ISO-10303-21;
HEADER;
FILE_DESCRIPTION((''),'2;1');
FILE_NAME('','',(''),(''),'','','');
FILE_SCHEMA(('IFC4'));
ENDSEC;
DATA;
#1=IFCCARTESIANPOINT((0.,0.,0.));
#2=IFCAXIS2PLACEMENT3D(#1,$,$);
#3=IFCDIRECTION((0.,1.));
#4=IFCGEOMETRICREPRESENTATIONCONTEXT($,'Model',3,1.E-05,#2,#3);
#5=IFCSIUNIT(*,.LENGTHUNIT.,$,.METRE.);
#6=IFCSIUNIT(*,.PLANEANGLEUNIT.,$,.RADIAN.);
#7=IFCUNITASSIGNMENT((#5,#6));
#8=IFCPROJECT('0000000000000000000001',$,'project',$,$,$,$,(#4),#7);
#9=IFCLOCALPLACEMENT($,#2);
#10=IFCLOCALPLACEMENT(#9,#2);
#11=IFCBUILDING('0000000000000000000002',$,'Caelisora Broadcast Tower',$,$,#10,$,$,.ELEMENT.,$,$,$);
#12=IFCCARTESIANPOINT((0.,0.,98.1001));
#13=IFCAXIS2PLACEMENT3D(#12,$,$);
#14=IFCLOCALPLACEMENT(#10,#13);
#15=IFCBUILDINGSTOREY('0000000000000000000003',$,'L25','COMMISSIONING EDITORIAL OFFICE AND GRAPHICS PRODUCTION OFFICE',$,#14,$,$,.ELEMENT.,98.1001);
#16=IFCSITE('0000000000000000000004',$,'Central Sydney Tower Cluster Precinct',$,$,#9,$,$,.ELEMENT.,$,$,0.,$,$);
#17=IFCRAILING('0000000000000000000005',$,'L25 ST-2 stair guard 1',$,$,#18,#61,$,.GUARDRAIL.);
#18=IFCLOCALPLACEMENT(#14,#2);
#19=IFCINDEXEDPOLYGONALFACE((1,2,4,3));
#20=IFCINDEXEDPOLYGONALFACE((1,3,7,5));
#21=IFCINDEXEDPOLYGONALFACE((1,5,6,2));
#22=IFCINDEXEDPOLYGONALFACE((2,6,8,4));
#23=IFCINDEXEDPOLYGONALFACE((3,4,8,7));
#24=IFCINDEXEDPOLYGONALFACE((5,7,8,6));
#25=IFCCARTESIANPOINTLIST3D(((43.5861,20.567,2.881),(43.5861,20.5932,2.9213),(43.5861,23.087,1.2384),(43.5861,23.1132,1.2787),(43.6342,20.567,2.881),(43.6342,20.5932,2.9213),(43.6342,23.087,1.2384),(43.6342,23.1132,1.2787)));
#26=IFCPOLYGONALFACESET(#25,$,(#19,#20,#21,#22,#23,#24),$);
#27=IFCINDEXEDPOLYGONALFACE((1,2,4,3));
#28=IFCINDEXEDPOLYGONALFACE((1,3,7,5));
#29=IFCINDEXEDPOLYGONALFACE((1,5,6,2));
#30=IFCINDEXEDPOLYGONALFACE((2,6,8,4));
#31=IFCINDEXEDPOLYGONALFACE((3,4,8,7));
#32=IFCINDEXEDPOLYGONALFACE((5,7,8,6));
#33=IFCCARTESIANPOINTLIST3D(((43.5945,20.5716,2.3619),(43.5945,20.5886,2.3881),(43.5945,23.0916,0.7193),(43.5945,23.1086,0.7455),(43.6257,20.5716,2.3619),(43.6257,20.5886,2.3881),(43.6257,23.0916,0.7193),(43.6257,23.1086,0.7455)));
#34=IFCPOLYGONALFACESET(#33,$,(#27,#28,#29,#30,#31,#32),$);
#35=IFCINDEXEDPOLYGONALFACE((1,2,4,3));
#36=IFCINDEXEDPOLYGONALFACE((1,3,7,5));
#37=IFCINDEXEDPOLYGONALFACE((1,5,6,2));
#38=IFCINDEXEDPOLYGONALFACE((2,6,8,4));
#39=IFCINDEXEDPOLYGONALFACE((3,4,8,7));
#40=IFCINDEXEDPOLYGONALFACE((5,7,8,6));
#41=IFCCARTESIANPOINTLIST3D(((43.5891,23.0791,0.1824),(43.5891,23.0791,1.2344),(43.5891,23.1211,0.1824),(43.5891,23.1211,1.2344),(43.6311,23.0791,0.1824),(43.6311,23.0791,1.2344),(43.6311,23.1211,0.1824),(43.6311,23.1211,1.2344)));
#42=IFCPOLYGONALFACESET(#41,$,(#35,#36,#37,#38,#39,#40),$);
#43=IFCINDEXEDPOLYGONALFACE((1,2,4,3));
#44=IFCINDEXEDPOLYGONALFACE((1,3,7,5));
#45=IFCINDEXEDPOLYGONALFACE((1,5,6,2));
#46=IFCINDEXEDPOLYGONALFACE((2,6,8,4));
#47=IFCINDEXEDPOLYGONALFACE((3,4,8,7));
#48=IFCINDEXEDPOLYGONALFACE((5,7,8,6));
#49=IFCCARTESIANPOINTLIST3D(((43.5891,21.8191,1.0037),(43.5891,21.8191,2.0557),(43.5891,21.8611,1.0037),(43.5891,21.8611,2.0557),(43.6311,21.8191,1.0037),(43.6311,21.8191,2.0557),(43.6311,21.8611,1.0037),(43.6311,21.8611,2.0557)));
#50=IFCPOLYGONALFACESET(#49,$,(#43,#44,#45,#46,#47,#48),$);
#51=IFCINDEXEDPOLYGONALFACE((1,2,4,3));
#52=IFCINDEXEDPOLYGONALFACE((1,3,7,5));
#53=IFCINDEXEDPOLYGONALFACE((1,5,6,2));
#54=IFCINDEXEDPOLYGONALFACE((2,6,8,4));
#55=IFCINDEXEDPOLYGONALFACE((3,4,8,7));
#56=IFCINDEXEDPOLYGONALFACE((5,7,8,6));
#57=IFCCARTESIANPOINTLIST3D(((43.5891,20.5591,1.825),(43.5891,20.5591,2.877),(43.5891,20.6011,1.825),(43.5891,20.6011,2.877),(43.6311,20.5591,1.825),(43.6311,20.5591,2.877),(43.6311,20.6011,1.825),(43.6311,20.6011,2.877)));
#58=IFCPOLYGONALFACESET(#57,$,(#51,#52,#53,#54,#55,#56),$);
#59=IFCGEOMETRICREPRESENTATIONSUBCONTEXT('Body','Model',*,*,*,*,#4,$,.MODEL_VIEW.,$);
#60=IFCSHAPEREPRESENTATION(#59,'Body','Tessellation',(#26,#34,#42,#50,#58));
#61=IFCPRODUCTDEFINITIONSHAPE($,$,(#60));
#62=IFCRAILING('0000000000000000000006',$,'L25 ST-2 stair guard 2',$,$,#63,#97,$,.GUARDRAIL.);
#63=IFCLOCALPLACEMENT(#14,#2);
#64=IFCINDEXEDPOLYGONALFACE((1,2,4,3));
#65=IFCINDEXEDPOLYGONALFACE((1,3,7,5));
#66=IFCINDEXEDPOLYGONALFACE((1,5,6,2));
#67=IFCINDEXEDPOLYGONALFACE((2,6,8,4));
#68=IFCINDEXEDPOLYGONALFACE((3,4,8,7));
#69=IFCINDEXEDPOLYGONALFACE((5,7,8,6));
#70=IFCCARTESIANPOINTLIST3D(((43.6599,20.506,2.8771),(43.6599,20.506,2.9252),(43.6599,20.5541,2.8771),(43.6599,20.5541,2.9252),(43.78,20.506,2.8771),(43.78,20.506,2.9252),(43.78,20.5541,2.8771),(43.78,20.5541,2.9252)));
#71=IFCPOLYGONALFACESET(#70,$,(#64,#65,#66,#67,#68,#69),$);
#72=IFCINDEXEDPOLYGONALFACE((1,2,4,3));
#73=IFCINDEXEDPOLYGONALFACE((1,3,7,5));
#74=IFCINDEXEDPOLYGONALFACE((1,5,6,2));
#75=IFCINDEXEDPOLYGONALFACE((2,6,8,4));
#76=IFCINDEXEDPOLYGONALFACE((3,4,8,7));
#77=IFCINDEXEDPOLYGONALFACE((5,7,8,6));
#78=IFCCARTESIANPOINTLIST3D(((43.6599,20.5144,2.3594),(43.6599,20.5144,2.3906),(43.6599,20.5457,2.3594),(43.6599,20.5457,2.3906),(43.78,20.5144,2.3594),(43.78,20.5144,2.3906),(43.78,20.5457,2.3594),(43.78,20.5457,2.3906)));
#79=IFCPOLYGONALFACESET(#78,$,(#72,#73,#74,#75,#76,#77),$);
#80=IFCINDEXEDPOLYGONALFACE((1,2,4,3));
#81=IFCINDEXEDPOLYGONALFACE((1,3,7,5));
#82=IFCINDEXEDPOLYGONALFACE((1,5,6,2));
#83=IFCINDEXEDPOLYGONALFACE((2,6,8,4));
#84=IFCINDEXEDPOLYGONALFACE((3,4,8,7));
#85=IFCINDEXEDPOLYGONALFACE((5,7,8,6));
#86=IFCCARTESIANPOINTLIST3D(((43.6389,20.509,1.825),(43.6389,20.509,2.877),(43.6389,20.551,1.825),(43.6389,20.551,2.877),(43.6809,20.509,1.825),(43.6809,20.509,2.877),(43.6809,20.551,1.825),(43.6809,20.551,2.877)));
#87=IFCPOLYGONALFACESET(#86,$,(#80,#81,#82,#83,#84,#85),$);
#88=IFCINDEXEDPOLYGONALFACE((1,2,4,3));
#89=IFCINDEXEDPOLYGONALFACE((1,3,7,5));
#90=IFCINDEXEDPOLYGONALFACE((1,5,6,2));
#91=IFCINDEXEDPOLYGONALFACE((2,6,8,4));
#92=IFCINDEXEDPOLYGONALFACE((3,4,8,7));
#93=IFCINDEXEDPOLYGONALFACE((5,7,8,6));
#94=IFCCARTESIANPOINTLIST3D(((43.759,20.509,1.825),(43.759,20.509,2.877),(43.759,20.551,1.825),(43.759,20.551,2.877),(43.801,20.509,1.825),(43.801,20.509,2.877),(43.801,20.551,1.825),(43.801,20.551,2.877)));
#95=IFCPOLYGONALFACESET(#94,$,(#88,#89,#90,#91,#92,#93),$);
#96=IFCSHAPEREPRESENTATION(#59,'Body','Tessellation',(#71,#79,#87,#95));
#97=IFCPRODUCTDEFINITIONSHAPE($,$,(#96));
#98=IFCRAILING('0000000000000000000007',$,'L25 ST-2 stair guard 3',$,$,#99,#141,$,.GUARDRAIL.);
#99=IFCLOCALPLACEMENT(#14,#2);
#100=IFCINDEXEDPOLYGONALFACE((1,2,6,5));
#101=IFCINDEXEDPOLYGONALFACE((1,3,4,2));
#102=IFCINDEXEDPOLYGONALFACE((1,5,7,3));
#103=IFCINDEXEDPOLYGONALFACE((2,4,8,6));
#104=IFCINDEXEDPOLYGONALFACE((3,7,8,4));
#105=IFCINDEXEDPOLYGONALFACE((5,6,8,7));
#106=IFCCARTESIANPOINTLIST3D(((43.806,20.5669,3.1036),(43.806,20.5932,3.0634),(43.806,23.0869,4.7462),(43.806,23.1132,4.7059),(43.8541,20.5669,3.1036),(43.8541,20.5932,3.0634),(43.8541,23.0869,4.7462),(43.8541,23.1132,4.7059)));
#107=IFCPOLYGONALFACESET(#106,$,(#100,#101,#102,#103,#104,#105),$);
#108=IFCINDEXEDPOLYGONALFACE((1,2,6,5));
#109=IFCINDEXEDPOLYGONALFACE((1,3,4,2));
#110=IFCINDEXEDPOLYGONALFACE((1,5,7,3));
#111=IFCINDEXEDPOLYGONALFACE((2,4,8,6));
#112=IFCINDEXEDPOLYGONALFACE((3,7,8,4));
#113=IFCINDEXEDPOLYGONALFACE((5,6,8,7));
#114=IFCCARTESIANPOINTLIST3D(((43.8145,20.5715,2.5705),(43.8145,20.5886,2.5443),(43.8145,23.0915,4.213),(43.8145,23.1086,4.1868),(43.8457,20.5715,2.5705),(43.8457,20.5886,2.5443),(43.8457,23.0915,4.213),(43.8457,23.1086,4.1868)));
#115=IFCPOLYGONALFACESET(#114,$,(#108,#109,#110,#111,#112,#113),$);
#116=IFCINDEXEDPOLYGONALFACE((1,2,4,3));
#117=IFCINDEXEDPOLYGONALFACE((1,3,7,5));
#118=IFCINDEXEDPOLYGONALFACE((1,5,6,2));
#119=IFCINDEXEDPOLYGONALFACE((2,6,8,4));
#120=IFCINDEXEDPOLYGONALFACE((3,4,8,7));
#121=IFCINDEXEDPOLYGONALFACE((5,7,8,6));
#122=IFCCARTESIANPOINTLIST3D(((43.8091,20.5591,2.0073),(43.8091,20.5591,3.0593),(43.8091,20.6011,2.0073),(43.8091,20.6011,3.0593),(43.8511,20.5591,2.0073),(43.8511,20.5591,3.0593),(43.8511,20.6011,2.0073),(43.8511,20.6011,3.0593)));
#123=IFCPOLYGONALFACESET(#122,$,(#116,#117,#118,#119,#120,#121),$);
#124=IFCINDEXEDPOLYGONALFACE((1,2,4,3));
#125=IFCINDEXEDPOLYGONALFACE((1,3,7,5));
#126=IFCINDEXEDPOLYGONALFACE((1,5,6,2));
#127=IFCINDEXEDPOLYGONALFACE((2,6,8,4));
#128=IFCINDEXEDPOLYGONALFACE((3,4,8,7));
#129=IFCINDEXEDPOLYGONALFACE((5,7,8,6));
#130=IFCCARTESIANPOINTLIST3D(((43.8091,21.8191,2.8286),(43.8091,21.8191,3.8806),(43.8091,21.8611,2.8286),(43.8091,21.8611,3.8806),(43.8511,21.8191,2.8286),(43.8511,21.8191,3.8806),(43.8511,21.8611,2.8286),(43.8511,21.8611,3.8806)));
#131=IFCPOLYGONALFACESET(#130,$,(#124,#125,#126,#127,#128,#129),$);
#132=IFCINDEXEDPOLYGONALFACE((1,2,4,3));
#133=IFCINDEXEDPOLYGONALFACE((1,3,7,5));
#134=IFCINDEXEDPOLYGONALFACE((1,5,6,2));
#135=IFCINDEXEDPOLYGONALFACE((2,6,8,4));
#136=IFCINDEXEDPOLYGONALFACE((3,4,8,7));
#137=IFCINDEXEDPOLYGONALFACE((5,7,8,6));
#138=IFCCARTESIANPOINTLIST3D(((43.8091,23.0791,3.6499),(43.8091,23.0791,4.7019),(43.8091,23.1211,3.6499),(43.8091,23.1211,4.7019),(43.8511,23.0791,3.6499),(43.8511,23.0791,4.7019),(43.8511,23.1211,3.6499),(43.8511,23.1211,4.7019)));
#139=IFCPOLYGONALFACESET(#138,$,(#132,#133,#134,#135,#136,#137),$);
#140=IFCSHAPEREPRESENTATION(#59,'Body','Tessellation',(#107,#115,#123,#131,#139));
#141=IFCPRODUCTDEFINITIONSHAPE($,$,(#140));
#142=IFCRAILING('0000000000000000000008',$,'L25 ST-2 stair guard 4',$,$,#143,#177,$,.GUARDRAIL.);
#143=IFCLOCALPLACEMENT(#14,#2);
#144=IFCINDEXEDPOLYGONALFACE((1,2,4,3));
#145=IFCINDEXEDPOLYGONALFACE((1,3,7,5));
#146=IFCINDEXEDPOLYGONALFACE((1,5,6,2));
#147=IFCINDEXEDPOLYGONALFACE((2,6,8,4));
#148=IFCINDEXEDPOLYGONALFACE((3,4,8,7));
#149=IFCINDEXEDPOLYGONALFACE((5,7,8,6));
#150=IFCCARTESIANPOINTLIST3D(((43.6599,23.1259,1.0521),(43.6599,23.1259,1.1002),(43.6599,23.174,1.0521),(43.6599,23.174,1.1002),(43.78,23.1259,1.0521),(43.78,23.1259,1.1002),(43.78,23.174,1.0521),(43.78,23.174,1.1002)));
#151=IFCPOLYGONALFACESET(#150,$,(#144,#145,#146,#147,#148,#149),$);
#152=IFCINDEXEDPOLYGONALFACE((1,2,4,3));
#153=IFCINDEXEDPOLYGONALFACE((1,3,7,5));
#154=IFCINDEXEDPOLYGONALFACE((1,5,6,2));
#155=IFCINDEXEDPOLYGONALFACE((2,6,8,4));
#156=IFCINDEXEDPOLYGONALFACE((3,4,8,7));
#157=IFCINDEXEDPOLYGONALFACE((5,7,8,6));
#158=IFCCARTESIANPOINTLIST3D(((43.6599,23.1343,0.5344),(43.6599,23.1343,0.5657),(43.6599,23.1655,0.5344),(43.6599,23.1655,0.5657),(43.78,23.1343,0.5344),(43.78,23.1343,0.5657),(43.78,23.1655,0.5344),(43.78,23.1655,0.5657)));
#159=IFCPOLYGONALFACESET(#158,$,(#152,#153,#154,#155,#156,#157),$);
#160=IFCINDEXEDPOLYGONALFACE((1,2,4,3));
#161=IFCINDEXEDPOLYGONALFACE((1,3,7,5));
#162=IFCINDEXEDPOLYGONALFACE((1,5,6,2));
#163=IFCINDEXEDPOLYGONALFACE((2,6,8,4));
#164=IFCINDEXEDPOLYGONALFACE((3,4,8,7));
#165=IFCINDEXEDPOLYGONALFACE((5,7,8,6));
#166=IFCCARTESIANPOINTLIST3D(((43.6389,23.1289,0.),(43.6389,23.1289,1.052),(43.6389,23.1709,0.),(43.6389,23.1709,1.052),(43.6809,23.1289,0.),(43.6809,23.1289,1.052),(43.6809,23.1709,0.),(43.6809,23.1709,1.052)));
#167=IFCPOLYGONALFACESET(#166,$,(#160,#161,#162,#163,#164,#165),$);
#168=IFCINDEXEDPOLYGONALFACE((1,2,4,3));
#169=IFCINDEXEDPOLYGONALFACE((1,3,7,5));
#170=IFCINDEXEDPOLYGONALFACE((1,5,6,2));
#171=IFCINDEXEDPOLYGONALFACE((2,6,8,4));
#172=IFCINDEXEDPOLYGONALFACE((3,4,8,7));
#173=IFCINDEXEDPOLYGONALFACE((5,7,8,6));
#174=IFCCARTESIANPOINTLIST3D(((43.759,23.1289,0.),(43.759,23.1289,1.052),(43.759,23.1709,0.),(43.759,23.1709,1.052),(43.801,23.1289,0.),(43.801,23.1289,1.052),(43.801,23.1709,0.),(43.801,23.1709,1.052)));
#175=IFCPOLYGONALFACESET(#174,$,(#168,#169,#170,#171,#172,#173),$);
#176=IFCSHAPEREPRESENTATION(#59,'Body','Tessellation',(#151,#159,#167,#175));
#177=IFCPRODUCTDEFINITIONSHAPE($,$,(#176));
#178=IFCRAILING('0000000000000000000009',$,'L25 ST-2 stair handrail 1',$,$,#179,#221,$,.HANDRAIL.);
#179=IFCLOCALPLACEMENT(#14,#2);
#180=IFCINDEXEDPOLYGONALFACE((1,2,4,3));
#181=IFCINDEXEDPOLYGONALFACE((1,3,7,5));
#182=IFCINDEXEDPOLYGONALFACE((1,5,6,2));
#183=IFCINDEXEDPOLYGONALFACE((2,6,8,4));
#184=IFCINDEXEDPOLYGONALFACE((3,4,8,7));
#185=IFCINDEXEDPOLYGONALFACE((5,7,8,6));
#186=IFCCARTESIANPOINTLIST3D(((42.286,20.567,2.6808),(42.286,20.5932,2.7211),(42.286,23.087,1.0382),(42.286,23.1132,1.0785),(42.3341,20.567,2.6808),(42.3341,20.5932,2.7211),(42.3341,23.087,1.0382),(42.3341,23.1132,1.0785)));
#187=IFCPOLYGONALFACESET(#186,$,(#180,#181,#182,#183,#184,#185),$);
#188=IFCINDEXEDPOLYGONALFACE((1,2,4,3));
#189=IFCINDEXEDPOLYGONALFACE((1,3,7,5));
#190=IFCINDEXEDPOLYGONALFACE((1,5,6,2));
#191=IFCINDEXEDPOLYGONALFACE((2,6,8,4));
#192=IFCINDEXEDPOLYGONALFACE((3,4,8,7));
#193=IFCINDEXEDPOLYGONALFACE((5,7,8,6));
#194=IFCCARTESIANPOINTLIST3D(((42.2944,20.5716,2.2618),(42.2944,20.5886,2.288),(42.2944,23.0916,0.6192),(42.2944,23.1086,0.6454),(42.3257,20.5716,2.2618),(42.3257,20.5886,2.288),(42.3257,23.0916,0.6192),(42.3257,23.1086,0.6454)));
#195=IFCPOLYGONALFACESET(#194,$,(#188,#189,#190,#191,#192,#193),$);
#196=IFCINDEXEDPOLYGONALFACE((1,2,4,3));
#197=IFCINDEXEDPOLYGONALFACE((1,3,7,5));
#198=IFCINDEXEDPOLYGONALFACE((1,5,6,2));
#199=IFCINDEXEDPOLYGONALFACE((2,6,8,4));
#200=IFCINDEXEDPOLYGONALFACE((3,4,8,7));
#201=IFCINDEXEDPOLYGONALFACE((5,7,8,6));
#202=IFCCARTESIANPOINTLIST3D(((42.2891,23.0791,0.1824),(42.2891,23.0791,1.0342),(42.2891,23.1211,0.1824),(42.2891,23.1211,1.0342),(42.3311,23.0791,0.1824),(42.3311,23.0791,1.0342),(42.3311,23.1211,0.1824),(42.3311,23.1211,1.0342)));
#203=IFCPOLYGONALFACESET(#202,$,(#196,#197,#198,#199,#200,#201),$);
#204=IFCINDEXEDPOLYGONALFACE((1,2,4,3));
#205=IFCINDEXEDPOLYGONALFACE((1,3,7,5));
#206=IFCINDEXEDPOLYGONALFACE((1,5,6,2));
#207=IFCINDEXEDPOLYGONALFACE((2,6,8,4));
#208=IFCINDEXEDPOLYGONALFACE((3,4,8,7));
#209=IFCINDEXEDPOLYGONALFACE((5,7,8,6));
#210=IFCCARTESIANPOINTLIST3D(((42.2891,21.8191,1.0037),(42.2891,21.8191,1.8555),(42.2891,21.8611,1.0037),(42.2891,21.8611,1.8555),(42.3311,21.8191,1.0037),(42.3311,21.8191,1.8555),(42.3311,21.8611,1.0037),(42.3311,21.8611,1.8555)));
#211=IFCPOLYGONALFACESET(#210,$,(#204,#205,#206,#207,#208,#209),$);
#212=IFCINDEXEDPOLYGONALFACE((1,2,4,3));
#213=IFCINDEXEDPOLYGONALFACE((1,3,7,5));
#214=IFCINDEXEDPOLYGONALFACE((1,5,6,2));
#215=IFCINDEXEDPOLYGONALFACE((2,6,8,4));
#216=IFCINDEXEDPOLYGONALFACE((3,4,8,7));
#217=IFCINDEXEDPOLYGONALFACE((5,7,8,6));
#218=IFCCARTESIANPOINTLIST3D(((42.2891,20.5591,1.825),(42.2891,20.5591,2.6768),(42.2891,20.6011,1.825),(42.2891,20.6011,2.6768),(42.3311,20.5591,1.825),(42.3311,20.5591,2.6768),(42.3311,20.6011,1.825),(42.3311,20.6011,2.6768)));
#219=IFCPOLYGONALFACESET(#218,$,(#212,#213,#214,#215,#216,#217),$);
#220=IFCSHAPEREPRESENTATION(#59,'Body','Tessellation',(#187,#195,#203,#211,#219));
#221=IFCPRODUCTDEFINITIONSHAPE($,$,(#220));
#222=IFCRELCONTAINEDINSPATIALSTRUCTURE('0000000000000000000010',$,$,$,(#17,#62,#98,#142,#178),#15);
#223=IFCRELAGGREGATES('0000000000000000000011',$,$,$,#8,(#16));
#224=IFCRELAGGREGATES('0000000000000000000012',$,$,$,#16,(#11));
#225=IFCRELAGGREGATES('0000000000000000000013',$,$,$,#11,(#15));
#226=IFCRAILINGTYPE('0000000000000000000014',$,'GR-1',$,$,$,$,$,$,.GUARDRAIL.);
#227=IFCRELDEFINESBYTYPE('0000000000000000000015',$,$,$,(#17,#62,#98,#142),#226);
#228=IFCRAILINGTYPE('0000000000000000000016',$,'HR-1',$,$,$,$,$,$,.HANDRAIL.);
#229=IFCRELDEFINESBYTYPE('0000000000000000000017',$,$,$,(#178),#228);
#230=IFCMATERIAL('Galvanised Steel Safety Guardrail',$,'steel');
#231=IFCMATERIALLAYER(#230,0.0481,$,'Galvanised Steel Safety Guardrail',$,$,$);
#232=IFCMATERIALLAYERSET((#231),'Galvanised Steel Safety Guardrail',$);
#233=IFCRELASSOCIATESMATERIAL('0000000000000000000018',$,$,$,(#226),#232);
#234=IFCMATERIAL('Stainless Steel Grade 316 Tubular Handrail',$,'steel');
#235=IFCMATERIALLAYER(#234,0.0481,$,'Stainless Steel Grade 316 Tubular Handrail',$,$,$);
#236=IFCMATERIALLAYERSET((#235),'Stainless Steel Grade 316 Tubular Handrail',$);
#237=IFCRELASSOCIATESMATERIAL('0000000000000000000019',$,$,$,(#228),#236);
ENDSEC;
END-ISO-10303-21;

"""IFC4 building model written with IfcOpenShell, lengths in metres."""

from ifc_helpers import new_model, si_unit, direction, frame, origin, origin_2d, place, context, subcontext, project, spatial, rectangle, extrude, material, layer, layer_set, type_object, element, save


model = new_model("IFC4")

# Units and contexts
model_context = context("Model", 3, precision=1e-05, world=origin(), true_north=direction((0.0, 1.0)))
body_context = subcontext(model_context, "Body", "Model", "MODEL_VIEW")
ifc_project = project(units=[si_unit("LENGTHUNIT", "METRE"), si_unit("PLANEANGLEUNIT", "RADIAN")], contexts=[model_context])

# Site, building, storey
site_placement = place(None, origin())
site = spatial("IfcSite", under=ifc_project, at=site_placement, Name="Central Sydney Tower Cluster Precinct", CompositionType="ELEMENT", RefElevation=0.0)
building_placement = place(site_placement, origin())
building = spatial("IfcBuilding", under=site, at=building_placement, Name="Caelisora Broadcast Tower", CompositionType="ELEMENT")
storey_placement = place(building_placement, frame((0.0, 0.0, 98.1001)))
storey = spatial("IfcBuildingStorey", under=building, at=storey_placement, Name="L25", Description="COMMISSIONING EDITORIAL OFFICE AND GRAPHICS PRODUCTION OFFICE", CompositionType="ELEMENT", Elevation=98.1001)

# Railings
ifc_material_1 = material(Name="Galvanised Steel Safety Guardrail", Category="steel")
ifc_layer_1 = layer(ifc_material_1, 0.0481, Name="Galvanised Steel Safety Guardrail")
ifc_layer_set_1 = layer_set([ifc_layer_1], Name="Galvanised Steel Safety Guardrail")
railing_type_1 = type_object("IfcRailingType", Name="GR-1", PredefinedType="GUARDRAIL", material=ifc_layer_set_1)
railing_1_placement = place(storey_placement, frame((43.6101, 23.1001, 0.1824)))
element("IfcRailing", 1, at=railing_1_placement, inside=storey, type_object=railing_type_1, Name="L25 ST-2 stair guard 1", PredefinedType="GUARDRAIL", context=body_context, shape_type="SweptSolid", body=[
    extrude(rectangle(XDim=0.0481, YDim=0.0481, at=origin_2d()), frame((0.0, 0.0, 1.0762), z_axis=(0.0, -0.837749, 0.546055), x_axis=(1.0, 0.0, 0.0)), (0.0, 0.0, 1.0), 3.0081),
    extrude(rectangle(XDim=0.0312, YDim=0.0312, at=origin_2d()), frame((0.0, 0.0, 0.55), z_axis=(0.0, -0.837749, 0.546055), x_axis=(1.0, 0.0, 0.0)), (0.0, 0.0, 1.0), 3.0081),
    extrude(rectangle(XDim=0.042, YDim=0.042, at=origin_2d()), origin(), (0.0, 0.0, 1.0), 1.052),
    extrude(rectangle(XDim=0.042, YDim=0.042, at=origin_2d()), frame((0.0, -1.26, 0.8213)), (0.0, 0.0, 1.0), 1.052),
    extrude(rectangle(XDim=0.042, YDim=0.042, at=origin_2d()), frame((0.0, -2.52, 1.6426)), (0.0, 0.0, 1.0), 1.052),
])
railing_2_placement = place(storey_placement, frame((43.6599, 20.53, 1.825)))
element("IfcRailing", 2, at=railing_2_placement, inside=storey, type_object=railing_type_1, Name="L25 ST-2 stair guard 2", PredefinedType="GUARDRAIL", context=body_context, shape_type="SweptSolid", body=[
    extrude(rectangle(XDim=0.0481, YDim=0.0481, at=origin_2d()), frame((0.0, 0.0, 1.0762), z_axis=(1.0, 0.0, 0.0), x_axis=(0.0, 1.0, 0.0)), (0.0, 0.0, 1.0), 0.1201),
    extrude(rectangle(XDim=0.0312, YDim=0.0312, at=origin_2d()), frame((0.0, 0.0, 0.55), z_axis=(1.0, 0.0, 0.0), x_axis=(0.0, 1.0, 0.0)), (0.0, 0.0, 1.0), 0.1201),
    extrude(rectangle(XDim=0.042, YDim=0.042, at=origin_2d()), origin(), (0.0, 0.0, 1.0), 1.052),
    extrude(rectangle(XDim=0.042, YDim=0.042, at=origin_2d()), frame((0.1201, 0.0, 0.0)), (0.0, 0.0, 1.0), 1.052),
])
railing_3_placement = place(storey_placement, frame((43.8301, 20.5801, 2.0073)))
element("IfcRailing", 3, at=railing_3_placement, inside=storey, type_object=railing_type_1, Name="L25 ST-2 stair guard 3", PredefinedType="GUARDRAIL", context=body_context, shape_type="SweptSolid", body=[
    extrude(rectangle(XDim=0.0481, YDim=0.0481, at=origin_2d()), frame((0.0, 0.0, 1.0762), z_axis=(0.0, 0.837749, 0.546055), x_axis=(-1.0, 0.0, 0.0)), (0.0, 0.0, 1.0), 3.0081),
    extrude(rectangle(XDim=0.0312, YDim=0.0312, at=origin_2d()), frame((0.0, 0.0, 0.55), z_axis=(0.0, 0.837749, 0.546055), x_axis=(-1.0, 0.0, 0.0)), (0.0, 0.0, 1.0), 3.0081),
    extrude(rectangle(XDim=0.042, YDim=0.042, at=origin_2d()), origin(), (0.0, 0.0, 1.0), 1.052),
    extrude(rectangle(XDim=0.042, YDim=0.042, at=origin_2d()), frame((0.0, 1.26, 0.8213)), (0.0, 0.0, 1.0), 1.052),
    extrude(rectangle(XDim=0.042, YDim=0.042, at=origin_2d()), frame((0.0, 2.52, 1.6426)), (0.0, 0.0, 1.0), 1.052),
])
railing_4_placement = place(storey_placement, frame((43.6599, 23.1499, 0.0)))
element("IfcRailing", 4, at=railing_4_placement, inside=storey, type_object=railing_type_1, Name="L25 ST-2 stair guard 4", PredefinedType="GUARDRAIL", context=body_context, shape_type="SweptSolid", body=[
    extrude(rectangle(XDim=0.0481, YDim=0.0481, at=origin_2d()), frame((0.0, 0.0, 1.0762), z_axis=(1.0, 0.0, 0.0), x_axis=(0.0, 1.0, 0.0)), (0.0, 0.0, 1.0), 0.1201),
    extrude(rectangle(XDim=0.0312, YDim=0.0312, at=origin_2d()), frame((0.0, 0.0, 0.55), z_axis=(1.0, 0.0, 0.0), x_axis=(0.0, 1.0, 0.0)), (0.0, 0.0, 1.0), 0.1201),
    extrude(rectangle(XDim=0.042, YDim=0.042, at=origin_2d()), origin(), (0.0, 0.0, 1.0), 1.052),
    extrude(rectangle(XDim=0.042, YDim=0.042, at=origin_2d()), frame((0.1201, 0.0, 0.0)), (0.0, 0.0, 1.0), 1.052),
])
ifc_material_2 = material(Name="Stainless Steel Grade 316 Tubular Handrail", Category="steel")
ifc_layer_2 = layer(ifc_material_2, 0.0481, Name="Stainless Steel Grade 316 Tubular Handrail")
ifc_layer_set_2 = layer_set([ifc_layer_2], Name="Stainless Steel Grade 316 Tubular Handrail")
railing_type_2 = type_object("IfcRailingType", Name="HR-1", PredefinedType="HANDRAIL", material=ifc_layer_set_2)
railing_5_placement = place(storey_placement, frame((42.3101, 23.1001, 0.1824)))
element("IfcRailing", 5, at=railing_5_placement, inside=storey, type_object=railing_type_2, Name="L25 ST-2 stair handrail 1", PredefinedType="HANDRAIL", context=body_context, shape_type="SweptSolid", body=[
    extrude(rectangle(XDim=0.0481, YDim=0.0481, at=origin_2d()), frame((0.0, 0.0, 0.876), z_axis=(0.0, -0.837749, 0.546055), x_axis=(1.0, 0.0, 0.0)), (0.0, 0.0, 1.0), 3.0081),
    extrude(rectangle(XDim=0.0312, YDim=0.0312, at=origin_2d()), frame((0.0, 0.0, 0.45), z_axis=(0.0, -0.837749, 0.546055), x_axis=(1.0, 0.0, 0.0)), (0.0, 0.0, 1.0), 3.0081),
    extrude(rectangle(XDim=0.042, YDim=0.042, at=origin_2d()), origin(), (0.0, 0.0, 1.0), 0.8518),
    extrude(rectangle(XDim=0.042, YDim=0.042, at=origin_2d()), frame((0.0, -1.26, 0.8213)), (0.0, 0.0, 1.0), 0.8518),
    extrude(rectangle(XDim=0.042, YDim=0.042, at=origin_2d()), frame((0.0, -2.52, 1.6426)), (0.0, 0.0, 1.0), 0.8518),
])

save(model, "model.ifc")
